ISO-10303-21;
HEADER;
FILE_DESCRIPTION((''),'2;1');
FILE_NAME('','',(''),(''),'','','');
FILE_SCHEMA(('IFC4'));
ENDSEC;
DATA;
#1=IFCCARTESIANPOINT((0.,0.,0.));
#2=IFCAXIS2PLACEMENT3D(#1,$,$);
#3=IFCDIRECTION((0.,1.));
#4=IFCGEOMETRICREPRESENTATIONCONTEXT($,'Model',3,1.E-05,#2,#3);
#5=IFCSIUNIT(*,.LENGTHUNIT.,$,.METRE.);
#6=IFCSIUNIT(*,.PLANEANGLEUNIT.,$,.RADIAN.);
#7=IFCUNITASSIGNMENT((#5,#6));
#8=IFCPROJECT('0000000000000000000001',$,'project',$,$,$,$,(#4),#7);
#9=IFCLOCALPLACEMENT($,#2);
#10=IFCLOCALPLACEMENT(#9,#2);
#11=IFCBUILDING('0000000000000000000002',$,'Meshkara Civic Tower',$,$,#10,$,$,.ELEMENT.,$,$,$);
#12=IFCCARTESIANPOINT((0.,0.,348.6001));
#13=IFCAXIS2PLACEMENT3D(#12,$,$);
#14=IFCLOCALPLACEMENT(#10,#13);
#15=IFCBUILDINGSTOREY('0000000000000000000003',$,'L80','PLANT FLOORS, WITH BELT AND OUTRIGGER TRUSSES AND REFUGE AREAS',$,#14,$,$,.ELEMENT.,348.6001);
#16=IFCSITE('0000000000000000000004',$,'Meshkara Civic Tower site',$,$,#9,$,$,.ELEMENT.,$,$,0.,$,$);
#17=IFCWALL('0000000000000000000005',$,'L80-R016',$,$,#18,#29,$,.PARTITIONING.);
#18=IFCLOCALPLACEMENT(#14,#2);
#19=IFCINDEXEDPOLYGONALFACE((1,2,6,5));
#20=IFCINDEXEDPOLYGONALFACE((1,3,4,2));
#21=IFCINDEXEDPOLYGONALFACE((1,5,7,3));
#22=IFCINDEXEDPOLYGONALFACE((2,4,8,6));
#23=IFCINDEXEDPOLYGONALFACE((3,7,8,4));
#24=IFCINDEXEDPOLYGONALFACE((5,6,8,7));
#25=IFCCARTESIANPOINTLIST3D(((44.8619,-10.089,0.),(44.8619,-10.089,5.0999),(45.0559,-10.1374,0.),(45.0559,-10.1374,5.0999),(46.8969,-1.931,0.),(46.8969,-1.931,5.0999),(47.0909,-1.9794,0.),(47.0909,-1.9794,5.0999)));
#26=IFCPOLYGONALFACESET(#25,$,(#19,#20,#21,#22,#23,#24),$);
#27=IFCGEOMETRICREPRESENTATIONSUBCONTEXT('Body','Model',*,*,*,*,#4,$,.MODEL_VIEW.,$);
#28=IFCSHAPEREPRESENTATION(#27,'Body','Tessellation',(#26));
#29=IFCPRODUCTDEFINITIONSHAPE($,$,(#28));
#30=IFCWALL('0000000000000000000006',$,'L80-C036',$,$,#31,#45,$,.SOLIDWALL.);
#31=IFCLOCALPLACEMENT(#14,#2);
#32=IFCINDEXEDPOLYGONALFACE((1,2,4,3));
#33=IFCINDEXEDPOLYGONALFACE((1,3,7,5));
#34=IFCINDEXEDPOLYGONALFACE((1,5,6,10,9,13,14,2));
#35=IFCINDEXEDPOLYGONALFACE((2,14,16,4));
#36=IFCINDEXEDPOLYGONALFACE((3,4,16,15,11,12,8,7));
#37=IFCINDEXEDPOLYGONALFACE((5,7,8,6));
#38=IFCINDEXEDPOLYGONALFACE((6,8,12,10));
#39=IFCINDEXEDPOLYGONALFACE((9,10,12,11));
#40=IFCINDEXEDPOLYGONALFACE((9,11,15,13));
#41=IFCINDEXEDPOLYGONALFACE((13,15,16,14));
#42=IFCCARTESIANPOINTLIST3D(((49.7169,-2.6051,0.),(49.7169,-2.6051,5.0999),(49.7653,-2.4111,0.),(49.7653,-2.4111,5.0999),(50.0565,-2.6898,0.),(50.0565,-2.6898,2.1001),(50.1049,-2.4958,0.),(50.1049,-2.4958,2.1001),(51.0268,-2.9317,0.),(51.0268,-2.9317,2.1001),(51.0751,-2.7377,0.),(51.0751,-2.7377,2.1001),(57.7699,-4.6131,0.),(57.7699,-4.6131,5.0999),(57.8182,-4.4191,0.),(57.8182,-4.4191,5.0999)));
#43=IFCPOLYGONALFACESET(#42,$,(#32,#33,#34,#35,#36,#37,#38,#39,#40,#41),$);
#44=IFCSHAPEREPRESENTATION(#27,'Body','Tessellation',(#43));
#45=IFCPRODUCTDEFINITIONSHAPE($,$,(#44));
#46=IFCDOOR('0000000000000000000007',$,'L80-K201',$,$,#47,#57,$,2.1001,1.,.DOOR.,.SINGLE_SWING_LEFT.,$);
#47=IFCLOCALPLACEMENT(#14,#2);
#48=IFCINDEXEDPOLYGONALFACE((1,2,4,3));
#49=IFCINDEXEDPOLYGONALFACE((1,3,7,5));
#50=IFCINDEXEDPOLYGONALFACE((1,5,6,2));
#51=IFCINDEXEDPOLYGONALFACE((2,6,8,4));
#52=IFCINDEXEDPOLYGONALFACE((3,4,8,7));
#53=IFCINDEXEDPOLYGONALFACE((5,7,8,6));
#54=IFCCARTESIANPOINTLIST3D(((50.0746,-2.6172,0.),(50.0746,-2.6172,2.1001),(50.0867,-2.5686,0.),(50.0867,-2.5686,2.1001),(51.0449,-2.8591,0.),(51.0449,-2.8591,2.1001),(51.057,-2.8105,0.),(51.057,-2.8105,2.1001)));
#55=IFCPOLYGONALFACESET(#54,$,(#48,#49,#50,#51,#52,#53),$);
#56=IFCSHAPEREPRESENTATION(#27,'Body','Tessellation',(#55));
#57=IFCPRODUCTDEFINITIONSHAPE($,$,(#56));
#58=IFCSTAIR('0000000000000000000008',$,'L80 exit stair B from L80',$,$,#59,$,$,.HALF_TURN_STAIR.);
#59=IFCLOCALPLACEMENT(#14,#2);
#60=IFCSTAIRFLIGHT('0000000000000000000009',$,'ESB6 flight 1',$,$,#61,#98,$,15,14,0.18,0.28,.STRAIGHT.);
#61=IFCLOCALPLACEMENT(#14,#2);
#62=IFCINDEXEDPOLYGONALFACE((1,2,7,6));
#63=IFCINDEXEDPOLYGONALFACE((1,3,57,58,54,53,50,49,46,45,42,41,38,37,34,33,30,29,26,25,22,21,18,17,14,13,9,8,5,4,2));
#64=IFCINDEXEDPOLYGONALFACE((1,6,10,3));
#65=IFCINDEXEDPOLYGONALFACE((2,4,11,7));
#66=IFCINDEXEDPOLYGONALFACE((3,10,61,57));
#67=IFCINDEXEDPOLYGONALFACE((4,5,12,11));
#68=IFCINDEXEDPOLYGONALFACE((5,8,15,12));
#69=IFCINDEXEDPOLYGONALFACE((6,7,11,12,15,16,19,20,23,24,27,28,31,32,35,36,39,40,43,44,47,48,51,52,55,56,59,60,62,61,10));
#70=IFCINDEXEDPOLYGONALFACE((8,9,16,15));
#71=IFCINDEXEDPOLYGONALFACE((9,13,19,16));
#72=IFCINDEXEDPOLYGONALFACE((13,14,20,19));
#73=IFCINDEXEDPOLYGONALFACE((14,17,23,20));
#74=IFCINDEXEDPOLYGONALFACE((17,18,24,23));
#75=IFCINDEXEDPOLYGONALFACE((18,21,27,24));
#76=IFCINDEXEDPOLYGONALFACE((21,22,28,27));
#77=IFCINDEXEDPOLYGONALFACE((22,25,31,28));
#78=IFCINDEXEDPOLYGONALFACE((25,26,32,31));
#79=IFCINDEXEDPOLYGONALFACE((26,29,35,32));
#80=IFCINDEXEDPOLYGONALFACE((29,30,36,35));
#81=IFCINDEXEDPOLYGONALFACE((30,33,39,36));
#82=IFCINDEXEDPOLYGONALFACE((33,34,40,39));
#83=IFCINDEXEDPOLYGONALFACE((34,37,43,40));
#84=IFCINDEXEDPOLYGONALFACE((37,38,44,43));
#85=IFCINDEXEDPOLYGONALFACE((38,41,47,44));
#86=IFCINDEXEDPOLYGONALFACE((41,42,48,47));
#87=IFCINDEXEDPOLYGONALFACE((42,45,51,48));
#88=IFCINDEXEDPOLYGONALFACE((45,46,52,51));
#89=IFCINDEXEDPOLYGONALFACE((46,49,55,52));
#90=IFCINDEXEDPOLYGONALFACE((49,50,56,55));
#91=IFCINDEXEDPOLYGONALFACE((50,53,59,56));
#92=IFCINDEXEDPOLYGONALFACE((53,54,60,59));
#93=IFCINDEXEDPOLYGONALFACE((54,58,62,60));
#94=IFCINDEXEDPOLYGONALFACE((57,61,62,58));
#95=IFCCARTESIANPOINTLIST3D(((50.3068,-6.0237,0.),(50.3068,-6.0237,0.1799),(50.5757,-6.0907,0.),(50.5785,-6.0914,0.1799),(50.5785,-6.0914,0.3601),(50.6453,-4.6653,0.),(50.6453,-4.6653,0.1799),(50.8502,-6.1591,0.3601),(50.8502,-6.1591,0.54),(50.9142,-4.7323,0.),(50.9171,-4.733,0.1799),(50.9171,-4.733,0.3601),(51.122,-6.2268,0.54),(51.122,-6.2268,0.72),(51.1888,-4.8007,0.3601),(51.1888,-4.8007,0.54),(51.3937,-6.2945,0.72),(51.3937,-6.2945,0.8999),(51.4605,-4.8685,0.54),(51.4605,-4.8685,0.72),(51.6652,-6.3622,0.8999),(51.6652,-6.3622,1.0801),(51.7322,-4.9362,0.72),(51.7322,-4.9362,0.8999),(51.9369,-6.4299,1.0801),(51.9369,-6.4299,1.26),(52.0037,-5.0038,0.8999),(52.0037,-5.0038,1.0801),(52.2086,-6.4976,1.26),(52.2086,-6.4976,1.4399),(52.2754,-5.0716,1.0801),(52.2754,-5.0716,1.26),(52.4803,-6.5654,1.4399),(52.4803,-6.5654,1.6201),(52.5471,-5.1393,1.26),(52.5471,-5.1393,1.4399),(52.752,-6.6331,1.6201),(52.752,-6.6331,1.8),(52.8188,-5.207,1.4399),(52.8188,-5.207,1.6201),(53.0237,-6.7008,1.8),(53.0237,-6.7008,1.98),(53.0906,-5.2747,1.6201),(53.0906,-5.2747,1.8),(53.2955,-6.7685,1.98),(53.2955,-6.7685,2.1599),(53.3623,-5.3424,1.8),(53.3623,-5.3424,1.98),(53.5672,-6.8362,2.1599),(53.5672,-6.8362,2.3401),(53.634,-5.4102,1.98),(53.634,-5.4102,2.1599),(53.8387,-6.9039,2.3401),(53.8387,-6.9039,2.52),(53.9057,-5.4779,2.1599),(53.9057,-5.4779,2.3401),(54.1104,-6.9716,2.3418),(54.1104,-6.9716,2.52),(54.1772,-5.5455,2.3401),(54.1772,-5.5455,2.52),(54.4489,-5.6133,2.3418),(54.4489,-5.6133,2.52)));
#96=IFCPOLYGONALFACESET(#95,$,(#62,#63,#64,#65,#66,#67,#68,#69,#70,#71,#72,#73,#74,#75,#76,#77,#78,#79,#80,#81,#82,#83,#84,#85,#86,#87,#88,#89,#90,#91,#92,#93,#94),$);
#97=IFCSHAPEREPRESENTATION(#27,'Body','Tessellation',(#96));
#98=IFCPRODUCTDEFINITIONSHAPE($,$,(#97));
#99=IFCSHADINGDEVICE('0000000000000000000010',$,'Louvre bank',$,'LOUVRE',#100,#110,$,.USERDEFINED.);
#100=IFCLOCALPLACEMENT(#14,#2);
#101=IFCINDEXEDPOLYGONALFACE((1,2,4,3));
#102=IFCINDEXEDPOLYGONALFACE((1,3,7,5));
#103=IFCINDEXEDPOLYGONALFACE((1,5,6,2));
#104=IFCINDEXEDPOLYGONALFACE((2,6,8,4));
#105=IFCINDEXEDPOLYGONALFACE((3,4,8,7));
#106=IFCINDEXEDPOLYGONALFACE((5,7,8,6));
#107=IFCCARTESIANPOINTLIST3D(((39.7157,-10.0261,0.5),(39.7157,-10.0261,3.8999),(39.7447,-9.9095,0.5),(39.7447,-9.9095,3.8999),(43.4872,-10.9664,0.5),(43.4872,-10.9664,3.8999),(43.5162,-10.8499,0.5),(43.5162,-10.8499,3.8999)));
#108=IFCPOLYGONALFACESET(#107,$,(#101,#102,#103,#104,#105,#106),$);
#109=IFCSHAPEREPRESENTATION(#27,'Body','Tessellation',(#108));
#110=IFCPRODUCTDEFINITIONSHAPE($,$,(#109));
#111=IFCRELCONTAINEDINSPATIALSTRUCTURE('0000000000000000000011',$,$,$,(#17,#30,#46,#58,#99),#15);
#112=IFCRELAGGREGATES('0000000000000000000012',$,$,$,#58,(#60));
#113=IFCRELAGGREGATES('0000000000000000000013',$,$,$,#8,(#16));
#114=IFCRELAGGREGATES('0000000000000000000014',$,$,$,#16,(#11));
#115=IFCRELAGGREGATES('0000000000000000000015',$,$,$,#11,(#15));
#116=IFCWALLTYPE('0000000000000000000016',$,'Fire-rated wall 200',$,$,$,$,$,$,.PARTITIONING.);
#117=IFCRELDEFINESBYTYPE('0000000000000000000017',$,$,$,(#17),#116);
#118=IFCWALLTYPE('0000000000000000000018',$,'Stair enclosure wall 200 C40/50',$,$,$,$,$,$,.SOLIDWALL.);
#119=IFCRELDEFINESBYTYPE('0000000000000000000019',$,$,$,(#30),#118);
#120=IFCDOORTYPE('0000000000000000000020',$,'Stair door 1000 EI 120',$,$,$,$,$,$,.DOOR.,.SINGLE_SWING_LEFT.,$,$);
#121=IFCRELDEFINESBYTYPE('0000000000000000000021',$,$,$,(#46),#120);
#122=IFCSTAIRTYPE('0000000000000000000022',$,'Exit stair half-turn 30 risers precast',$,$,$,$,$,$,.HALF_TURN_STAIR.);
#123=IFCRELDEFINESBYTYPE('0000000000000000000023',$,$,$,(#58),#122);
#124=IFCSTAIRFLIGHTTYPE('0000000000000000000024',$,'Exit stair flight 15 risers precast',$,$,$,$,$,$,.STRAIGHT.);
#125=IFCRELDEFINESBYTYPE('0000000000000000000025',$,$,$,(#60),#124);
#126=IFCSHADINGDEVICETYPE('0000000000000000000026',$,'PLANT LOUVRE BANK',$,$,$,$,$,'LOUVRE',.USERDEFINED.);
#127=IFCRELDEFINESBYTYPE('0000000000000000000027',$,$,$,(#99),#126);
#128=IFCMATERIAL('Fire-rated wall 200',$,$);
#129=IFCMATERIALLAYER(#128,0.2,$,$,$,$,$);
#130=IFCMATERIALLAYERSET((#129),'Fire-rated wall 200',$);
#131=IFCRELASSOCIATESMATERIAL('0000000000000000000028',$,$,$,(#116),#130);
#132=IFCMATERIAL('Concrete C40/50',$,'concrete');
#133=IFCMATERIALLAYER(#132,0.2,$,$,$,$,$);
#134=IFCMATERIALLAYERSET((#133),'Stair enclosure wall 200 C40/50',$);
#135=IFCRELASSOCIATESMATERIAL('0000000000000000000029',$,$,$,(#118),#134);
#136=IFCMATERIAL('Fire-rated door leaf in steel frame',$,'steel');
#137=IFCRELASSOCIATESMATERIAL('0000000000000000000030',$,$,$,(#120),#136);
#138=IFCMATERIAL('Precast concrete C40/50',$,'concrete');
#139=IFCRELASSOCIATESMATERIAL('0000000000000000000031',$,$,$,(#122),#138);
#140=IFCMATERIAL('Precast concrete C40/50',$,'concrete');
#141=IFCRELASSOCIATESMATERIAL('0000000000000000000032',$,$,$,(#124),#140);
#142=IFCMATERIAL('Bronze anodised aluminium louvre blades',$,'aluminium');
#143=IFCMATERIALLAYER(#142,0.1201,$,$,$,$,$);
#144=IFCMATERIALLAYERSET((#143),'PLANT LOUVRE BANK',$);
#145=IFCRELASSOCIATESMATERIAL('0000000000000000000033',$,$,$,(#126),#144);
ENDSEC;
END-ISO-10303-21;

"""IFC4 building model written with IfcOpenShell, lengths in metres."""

from ifc_helpers import new_model, si_unit, direction, frame, frame_2d, origin, origin_2d, place, context, subcontext, project, spatial, polyline, rectangle, outline, extrude, material, layer, layer_set, type_object, element, fill, aggregate, save


model = new_model("IFC4")

# Units and contexts
model_context = context("Model", 3, precision=1e-05, world=origin(), true_north=direction((0.0, 1.0)))
body_context = subcontext(model_context, "Body", "Model", "MODEL_VIEW")
ifc_project = project(units=[si_unit("LENGTHUNIT", "METRE"), si_unit("PLANEANGLEUNIT", "RADIAN")], contexts=[model_context])

# Site, building, storey
site_placement = place(None, origin())
site = spatial("IfcSite", under=ifc_project, at=site_placement, Name="Meshkara Civic Tower site", CompositionType="ELEMENT", RefElevation=0.0)
building_placement = place(site_placement, origin())
building = spatial("IfcBuilding", under=site, at=building_placement, Name="Meshkara Civic Tower", CompositionType="ELEMENT")
storey_placement = place(building_placement, frame((0.0, 0.0, 348.6001)))
storey = spatial("IfcBuildingStorey", under=building, at=storey_placement, Name="L80", Description="PLANT FLOORS, WITH BELT AND OUTRIGGER TRUSSES AND REFUGE AREAS", CompositionType="ELEMENT", Elevation=348.6001)

# Wall
ifc_material_1 = material(Name="Fire-rated wall 200")
ifc_layer_1 = layer(ifc_material_1, 0.2)
ifc_layer_set_1 = layer_set([ifc_layer_1], Name="Fire-rated wall 200")
wall_type_1 = type_object("IfcWallType", Name="Fire-rated wall 200", PredefinedType="PARTITIONING", material=ifc_layer_set_1)
wall_1_placement = place(storey_placement, frame((46.9939, -1.9551, 0.0), z_axis=(0.0, 0.0, 1.0), x_axis=(-0.242023, -0.97027, 0.0)))
element("IfcWall", 1, at=wall_1_placement, inside=storey, type_object=wall_type_1, Name="L80-R016", PredefinedType="PARTITIONING", context=body_context, shape_type="SweptSolid", body=[
    extrude(rectangle(XDim=8.408, YDim=0.2, at=frame_2d((4.2041, 0.0))), origin(), (0.0, 0.0, 1.0), 5.0999),
])

# Wall, opening, door
ifc_material_2 = material(Name="Concrete C40/50", Category="concrete")
ifc_layer_2 = layer(ifc_material_2, 0.2)
ifc_layer_set_2 = layer_set([ifc_layer_2], Name="Stair enclosure wall 200 C40/50")
wall_type_2 = type_object("IfcWallType", Name="Stair enclosure wall 200 C40/50", PredefinedType="SOLIDWALL", material=ifc_layer_set_2)
wall_2_placement = place(storey_placement, frame((49.741, -2.5081, 0.0), z_axis=(0.0, 0.0, 1.0), x_axis=(0.970289, -0.241947, 0.0)))
wall_2 = element("IfcWall", 2, at=wall_2_placement, inside=storey, type_object=wall_type_2, Name="L80-C036", PredefinedType="SOLIDWALL", context=body_context, shape_type="SweptSolid", body=[
    extrude(rectangle(XDim=8.2996, YDim=0.2, at=frame_2d((4.1499, 0.0))), origin(), (0.0, 0.0, 1.0), 5.0999),
])
opening_1_placement = place(wall_2_placement, frame((0.3501, 0.0, 0.0)))
opening_1 = element("IfcOpeningElement", 3, at=opening_1_placement, cuts=wall_2, PredefinedType="OPENING", context=body_context, shape_type="SweptSolid", body=[
    extrude(rectangle(XDim=1.0, YDim=2.1001, at=frame_2d((0.5, 1.05))), frame((0.0, 0.1099, 0.0), z_axis=(0.0, -1.0, 0.0), x_axis=(1.0, 0.0, 0.0)), (0.0, 0.0, 1.0), 0.22),
])
ifc_material_3 = material(Name="Fire-rated door leaf in steel frame", Category="steel")
door_type_1 = type_object("IfcDoorType", Name="Stair door 1000 EI 120", OperationType="SINGLE_SWING_LEFT", PredefinedType="DOOR", material=ifc_material_3)
door_1_placement = place(opening_1_placement, origin())
door_1 = element("IfcDoor", 4, at=door_1_placement, inside=storey, type_object=door_type_1, Name="L80-K201", OperationType="SINGLE_SWING_LEFT", OverallHeight=2.1001, OverallWidth=1.0, PredefinedType="DOOR", context=body_context, shape_type="SweptSolid", body=[
    extrude(rectangle(XDim=1.0, YDim=2.1001, at=frame_2d((0.5, 1.05))), frame((0.0, 0.0249, 0.0), z_axis=(0.0, -1.0, 0.0), x_axis=(1.0, 0.0, 0.0)), (0.0, 0.0, 1.0), 0.05),
])
fill(opening_1, door_1)

# Stair, stair flight
ifc_material_4 = material(Name="Precast concrete C40/50", Category="concrete")
stair_type = type_object("IfcStairType", Name="Exit stair half-turn 30 risers precast", PredefinedType="HALF_TURN_STAIR", material=ifc_material_4)
stair_placement = place(storey_placement, origin())
stair = element("IfcStair", 5, at=stair_placement, inside=storey, type_object=stair_type, Name="L80 exit stair B from L80", PredefinedType="HALF_TURN_STAIR")
ifc_material_5 = material(Name="Precast concrete C40/50", Category="concrete")
stair_flight_type = type_object("IfcStairFlightType", Name="Exit stair flight 15 risers precast", PredefinedType="STRAIGHT", material=ifc_material_5)
stair_flight_placement = place(storey_placement, frame((50.4761, -5.3445, 0.0), z_axis=(0.0, 0.0, 1.0), x_axis=(0.970319, -0.24183, 0.0)))
stair_flight = element("IfcStairFlight", 6, at=stair_flight_placement, type_object=stair_flight_type, Name="ESB6 flight 1", NumberOfRisers=15, NumberOfTreads=14, PredefinedType="STRAIGHT", RiserHeight=0.18, TreadLength=0.28, context=body_context, shape_type="SweptSolid", body=[
    extrude(outline(polyline([(0.0, 0.0), (0.0, 0.1799), (0.28, 0.1799), (0.28, 0.3601), (0.5601, 0.3601), (0.5601, 0.54), (0.8401, 0.54), (0.8401, 0.72), (1.1201, 0.72), (1.1201, 0.8999), (1.3999, 0.8999), (1.3999, 1.0801), (1.6799, 1.0801), (1.6799, 1.26), (1.96, 1.26), (1.96, 1.4399), (2.24, 1.4399), (2.24, 1.6201), (2.52, 1.6201), (2.52, 1.8), (2.8, 1.8), (2.8, 1.98), (3.0801, 1.98), (3.0801, 2.1599), (3.3601, 2.1599), (3.3601, 2.3401), (3.6399, 2.3401), (3.6399, 2.52), (3.9199, 2.52), (3.9199, 2.7), (3.9199, 2.3418), (0.2771, 0.0), (0.0, 0.0)])), frame((0.0, 0.7, 0.0), z_axis=(0.0, -1.0, 0.0), x_axis=(1.0, 0.0, 0.0)), (0.0, 0.0, 1.0), 1.3999),
])
aggregate(stair, [stair_flight])

# Shading device
ifc_material_6 = material(Name="Bronze anodised aluminium louvre blades", Category="aluminium")
ifc_layer_3 = layer(ifc_material_6, 0.1201)
ifc_layer_set_3 = layer_set([ifc_layer_3], Name="PLANT LOUVRE BANK")
shading_device_type = type_object("IfcShadingDeviceType", Name="PLANT LOUVRE BANK", ElementType="LOUVRE", PredefinedType="USERDEFINED", material=ifc_layer_set_3)
shading_device_placement = place(storey_placement, frame((41.616, -10.438, 0.5), z_axis=(0.0, 0.0, 1.0), x_axis=(0.970296, -0.241922, 0.0)))
element("IfcShadingDevice", 7, at=shading_device_placement, inside=storey, type_object=shading_device_type, Name="Louvre bank", ObjectType="LOUVRE", PredefinedType="USERDEFINED", context=body_context, shape_type="SweptSolid", body=[
    extrude(rectangle(XDim=3.887, YDim=0.1201, at=origin_2d()), origin(), (0.0, 0.0, 1.0), 3.3999),
])

save(model, "model.ifc")
